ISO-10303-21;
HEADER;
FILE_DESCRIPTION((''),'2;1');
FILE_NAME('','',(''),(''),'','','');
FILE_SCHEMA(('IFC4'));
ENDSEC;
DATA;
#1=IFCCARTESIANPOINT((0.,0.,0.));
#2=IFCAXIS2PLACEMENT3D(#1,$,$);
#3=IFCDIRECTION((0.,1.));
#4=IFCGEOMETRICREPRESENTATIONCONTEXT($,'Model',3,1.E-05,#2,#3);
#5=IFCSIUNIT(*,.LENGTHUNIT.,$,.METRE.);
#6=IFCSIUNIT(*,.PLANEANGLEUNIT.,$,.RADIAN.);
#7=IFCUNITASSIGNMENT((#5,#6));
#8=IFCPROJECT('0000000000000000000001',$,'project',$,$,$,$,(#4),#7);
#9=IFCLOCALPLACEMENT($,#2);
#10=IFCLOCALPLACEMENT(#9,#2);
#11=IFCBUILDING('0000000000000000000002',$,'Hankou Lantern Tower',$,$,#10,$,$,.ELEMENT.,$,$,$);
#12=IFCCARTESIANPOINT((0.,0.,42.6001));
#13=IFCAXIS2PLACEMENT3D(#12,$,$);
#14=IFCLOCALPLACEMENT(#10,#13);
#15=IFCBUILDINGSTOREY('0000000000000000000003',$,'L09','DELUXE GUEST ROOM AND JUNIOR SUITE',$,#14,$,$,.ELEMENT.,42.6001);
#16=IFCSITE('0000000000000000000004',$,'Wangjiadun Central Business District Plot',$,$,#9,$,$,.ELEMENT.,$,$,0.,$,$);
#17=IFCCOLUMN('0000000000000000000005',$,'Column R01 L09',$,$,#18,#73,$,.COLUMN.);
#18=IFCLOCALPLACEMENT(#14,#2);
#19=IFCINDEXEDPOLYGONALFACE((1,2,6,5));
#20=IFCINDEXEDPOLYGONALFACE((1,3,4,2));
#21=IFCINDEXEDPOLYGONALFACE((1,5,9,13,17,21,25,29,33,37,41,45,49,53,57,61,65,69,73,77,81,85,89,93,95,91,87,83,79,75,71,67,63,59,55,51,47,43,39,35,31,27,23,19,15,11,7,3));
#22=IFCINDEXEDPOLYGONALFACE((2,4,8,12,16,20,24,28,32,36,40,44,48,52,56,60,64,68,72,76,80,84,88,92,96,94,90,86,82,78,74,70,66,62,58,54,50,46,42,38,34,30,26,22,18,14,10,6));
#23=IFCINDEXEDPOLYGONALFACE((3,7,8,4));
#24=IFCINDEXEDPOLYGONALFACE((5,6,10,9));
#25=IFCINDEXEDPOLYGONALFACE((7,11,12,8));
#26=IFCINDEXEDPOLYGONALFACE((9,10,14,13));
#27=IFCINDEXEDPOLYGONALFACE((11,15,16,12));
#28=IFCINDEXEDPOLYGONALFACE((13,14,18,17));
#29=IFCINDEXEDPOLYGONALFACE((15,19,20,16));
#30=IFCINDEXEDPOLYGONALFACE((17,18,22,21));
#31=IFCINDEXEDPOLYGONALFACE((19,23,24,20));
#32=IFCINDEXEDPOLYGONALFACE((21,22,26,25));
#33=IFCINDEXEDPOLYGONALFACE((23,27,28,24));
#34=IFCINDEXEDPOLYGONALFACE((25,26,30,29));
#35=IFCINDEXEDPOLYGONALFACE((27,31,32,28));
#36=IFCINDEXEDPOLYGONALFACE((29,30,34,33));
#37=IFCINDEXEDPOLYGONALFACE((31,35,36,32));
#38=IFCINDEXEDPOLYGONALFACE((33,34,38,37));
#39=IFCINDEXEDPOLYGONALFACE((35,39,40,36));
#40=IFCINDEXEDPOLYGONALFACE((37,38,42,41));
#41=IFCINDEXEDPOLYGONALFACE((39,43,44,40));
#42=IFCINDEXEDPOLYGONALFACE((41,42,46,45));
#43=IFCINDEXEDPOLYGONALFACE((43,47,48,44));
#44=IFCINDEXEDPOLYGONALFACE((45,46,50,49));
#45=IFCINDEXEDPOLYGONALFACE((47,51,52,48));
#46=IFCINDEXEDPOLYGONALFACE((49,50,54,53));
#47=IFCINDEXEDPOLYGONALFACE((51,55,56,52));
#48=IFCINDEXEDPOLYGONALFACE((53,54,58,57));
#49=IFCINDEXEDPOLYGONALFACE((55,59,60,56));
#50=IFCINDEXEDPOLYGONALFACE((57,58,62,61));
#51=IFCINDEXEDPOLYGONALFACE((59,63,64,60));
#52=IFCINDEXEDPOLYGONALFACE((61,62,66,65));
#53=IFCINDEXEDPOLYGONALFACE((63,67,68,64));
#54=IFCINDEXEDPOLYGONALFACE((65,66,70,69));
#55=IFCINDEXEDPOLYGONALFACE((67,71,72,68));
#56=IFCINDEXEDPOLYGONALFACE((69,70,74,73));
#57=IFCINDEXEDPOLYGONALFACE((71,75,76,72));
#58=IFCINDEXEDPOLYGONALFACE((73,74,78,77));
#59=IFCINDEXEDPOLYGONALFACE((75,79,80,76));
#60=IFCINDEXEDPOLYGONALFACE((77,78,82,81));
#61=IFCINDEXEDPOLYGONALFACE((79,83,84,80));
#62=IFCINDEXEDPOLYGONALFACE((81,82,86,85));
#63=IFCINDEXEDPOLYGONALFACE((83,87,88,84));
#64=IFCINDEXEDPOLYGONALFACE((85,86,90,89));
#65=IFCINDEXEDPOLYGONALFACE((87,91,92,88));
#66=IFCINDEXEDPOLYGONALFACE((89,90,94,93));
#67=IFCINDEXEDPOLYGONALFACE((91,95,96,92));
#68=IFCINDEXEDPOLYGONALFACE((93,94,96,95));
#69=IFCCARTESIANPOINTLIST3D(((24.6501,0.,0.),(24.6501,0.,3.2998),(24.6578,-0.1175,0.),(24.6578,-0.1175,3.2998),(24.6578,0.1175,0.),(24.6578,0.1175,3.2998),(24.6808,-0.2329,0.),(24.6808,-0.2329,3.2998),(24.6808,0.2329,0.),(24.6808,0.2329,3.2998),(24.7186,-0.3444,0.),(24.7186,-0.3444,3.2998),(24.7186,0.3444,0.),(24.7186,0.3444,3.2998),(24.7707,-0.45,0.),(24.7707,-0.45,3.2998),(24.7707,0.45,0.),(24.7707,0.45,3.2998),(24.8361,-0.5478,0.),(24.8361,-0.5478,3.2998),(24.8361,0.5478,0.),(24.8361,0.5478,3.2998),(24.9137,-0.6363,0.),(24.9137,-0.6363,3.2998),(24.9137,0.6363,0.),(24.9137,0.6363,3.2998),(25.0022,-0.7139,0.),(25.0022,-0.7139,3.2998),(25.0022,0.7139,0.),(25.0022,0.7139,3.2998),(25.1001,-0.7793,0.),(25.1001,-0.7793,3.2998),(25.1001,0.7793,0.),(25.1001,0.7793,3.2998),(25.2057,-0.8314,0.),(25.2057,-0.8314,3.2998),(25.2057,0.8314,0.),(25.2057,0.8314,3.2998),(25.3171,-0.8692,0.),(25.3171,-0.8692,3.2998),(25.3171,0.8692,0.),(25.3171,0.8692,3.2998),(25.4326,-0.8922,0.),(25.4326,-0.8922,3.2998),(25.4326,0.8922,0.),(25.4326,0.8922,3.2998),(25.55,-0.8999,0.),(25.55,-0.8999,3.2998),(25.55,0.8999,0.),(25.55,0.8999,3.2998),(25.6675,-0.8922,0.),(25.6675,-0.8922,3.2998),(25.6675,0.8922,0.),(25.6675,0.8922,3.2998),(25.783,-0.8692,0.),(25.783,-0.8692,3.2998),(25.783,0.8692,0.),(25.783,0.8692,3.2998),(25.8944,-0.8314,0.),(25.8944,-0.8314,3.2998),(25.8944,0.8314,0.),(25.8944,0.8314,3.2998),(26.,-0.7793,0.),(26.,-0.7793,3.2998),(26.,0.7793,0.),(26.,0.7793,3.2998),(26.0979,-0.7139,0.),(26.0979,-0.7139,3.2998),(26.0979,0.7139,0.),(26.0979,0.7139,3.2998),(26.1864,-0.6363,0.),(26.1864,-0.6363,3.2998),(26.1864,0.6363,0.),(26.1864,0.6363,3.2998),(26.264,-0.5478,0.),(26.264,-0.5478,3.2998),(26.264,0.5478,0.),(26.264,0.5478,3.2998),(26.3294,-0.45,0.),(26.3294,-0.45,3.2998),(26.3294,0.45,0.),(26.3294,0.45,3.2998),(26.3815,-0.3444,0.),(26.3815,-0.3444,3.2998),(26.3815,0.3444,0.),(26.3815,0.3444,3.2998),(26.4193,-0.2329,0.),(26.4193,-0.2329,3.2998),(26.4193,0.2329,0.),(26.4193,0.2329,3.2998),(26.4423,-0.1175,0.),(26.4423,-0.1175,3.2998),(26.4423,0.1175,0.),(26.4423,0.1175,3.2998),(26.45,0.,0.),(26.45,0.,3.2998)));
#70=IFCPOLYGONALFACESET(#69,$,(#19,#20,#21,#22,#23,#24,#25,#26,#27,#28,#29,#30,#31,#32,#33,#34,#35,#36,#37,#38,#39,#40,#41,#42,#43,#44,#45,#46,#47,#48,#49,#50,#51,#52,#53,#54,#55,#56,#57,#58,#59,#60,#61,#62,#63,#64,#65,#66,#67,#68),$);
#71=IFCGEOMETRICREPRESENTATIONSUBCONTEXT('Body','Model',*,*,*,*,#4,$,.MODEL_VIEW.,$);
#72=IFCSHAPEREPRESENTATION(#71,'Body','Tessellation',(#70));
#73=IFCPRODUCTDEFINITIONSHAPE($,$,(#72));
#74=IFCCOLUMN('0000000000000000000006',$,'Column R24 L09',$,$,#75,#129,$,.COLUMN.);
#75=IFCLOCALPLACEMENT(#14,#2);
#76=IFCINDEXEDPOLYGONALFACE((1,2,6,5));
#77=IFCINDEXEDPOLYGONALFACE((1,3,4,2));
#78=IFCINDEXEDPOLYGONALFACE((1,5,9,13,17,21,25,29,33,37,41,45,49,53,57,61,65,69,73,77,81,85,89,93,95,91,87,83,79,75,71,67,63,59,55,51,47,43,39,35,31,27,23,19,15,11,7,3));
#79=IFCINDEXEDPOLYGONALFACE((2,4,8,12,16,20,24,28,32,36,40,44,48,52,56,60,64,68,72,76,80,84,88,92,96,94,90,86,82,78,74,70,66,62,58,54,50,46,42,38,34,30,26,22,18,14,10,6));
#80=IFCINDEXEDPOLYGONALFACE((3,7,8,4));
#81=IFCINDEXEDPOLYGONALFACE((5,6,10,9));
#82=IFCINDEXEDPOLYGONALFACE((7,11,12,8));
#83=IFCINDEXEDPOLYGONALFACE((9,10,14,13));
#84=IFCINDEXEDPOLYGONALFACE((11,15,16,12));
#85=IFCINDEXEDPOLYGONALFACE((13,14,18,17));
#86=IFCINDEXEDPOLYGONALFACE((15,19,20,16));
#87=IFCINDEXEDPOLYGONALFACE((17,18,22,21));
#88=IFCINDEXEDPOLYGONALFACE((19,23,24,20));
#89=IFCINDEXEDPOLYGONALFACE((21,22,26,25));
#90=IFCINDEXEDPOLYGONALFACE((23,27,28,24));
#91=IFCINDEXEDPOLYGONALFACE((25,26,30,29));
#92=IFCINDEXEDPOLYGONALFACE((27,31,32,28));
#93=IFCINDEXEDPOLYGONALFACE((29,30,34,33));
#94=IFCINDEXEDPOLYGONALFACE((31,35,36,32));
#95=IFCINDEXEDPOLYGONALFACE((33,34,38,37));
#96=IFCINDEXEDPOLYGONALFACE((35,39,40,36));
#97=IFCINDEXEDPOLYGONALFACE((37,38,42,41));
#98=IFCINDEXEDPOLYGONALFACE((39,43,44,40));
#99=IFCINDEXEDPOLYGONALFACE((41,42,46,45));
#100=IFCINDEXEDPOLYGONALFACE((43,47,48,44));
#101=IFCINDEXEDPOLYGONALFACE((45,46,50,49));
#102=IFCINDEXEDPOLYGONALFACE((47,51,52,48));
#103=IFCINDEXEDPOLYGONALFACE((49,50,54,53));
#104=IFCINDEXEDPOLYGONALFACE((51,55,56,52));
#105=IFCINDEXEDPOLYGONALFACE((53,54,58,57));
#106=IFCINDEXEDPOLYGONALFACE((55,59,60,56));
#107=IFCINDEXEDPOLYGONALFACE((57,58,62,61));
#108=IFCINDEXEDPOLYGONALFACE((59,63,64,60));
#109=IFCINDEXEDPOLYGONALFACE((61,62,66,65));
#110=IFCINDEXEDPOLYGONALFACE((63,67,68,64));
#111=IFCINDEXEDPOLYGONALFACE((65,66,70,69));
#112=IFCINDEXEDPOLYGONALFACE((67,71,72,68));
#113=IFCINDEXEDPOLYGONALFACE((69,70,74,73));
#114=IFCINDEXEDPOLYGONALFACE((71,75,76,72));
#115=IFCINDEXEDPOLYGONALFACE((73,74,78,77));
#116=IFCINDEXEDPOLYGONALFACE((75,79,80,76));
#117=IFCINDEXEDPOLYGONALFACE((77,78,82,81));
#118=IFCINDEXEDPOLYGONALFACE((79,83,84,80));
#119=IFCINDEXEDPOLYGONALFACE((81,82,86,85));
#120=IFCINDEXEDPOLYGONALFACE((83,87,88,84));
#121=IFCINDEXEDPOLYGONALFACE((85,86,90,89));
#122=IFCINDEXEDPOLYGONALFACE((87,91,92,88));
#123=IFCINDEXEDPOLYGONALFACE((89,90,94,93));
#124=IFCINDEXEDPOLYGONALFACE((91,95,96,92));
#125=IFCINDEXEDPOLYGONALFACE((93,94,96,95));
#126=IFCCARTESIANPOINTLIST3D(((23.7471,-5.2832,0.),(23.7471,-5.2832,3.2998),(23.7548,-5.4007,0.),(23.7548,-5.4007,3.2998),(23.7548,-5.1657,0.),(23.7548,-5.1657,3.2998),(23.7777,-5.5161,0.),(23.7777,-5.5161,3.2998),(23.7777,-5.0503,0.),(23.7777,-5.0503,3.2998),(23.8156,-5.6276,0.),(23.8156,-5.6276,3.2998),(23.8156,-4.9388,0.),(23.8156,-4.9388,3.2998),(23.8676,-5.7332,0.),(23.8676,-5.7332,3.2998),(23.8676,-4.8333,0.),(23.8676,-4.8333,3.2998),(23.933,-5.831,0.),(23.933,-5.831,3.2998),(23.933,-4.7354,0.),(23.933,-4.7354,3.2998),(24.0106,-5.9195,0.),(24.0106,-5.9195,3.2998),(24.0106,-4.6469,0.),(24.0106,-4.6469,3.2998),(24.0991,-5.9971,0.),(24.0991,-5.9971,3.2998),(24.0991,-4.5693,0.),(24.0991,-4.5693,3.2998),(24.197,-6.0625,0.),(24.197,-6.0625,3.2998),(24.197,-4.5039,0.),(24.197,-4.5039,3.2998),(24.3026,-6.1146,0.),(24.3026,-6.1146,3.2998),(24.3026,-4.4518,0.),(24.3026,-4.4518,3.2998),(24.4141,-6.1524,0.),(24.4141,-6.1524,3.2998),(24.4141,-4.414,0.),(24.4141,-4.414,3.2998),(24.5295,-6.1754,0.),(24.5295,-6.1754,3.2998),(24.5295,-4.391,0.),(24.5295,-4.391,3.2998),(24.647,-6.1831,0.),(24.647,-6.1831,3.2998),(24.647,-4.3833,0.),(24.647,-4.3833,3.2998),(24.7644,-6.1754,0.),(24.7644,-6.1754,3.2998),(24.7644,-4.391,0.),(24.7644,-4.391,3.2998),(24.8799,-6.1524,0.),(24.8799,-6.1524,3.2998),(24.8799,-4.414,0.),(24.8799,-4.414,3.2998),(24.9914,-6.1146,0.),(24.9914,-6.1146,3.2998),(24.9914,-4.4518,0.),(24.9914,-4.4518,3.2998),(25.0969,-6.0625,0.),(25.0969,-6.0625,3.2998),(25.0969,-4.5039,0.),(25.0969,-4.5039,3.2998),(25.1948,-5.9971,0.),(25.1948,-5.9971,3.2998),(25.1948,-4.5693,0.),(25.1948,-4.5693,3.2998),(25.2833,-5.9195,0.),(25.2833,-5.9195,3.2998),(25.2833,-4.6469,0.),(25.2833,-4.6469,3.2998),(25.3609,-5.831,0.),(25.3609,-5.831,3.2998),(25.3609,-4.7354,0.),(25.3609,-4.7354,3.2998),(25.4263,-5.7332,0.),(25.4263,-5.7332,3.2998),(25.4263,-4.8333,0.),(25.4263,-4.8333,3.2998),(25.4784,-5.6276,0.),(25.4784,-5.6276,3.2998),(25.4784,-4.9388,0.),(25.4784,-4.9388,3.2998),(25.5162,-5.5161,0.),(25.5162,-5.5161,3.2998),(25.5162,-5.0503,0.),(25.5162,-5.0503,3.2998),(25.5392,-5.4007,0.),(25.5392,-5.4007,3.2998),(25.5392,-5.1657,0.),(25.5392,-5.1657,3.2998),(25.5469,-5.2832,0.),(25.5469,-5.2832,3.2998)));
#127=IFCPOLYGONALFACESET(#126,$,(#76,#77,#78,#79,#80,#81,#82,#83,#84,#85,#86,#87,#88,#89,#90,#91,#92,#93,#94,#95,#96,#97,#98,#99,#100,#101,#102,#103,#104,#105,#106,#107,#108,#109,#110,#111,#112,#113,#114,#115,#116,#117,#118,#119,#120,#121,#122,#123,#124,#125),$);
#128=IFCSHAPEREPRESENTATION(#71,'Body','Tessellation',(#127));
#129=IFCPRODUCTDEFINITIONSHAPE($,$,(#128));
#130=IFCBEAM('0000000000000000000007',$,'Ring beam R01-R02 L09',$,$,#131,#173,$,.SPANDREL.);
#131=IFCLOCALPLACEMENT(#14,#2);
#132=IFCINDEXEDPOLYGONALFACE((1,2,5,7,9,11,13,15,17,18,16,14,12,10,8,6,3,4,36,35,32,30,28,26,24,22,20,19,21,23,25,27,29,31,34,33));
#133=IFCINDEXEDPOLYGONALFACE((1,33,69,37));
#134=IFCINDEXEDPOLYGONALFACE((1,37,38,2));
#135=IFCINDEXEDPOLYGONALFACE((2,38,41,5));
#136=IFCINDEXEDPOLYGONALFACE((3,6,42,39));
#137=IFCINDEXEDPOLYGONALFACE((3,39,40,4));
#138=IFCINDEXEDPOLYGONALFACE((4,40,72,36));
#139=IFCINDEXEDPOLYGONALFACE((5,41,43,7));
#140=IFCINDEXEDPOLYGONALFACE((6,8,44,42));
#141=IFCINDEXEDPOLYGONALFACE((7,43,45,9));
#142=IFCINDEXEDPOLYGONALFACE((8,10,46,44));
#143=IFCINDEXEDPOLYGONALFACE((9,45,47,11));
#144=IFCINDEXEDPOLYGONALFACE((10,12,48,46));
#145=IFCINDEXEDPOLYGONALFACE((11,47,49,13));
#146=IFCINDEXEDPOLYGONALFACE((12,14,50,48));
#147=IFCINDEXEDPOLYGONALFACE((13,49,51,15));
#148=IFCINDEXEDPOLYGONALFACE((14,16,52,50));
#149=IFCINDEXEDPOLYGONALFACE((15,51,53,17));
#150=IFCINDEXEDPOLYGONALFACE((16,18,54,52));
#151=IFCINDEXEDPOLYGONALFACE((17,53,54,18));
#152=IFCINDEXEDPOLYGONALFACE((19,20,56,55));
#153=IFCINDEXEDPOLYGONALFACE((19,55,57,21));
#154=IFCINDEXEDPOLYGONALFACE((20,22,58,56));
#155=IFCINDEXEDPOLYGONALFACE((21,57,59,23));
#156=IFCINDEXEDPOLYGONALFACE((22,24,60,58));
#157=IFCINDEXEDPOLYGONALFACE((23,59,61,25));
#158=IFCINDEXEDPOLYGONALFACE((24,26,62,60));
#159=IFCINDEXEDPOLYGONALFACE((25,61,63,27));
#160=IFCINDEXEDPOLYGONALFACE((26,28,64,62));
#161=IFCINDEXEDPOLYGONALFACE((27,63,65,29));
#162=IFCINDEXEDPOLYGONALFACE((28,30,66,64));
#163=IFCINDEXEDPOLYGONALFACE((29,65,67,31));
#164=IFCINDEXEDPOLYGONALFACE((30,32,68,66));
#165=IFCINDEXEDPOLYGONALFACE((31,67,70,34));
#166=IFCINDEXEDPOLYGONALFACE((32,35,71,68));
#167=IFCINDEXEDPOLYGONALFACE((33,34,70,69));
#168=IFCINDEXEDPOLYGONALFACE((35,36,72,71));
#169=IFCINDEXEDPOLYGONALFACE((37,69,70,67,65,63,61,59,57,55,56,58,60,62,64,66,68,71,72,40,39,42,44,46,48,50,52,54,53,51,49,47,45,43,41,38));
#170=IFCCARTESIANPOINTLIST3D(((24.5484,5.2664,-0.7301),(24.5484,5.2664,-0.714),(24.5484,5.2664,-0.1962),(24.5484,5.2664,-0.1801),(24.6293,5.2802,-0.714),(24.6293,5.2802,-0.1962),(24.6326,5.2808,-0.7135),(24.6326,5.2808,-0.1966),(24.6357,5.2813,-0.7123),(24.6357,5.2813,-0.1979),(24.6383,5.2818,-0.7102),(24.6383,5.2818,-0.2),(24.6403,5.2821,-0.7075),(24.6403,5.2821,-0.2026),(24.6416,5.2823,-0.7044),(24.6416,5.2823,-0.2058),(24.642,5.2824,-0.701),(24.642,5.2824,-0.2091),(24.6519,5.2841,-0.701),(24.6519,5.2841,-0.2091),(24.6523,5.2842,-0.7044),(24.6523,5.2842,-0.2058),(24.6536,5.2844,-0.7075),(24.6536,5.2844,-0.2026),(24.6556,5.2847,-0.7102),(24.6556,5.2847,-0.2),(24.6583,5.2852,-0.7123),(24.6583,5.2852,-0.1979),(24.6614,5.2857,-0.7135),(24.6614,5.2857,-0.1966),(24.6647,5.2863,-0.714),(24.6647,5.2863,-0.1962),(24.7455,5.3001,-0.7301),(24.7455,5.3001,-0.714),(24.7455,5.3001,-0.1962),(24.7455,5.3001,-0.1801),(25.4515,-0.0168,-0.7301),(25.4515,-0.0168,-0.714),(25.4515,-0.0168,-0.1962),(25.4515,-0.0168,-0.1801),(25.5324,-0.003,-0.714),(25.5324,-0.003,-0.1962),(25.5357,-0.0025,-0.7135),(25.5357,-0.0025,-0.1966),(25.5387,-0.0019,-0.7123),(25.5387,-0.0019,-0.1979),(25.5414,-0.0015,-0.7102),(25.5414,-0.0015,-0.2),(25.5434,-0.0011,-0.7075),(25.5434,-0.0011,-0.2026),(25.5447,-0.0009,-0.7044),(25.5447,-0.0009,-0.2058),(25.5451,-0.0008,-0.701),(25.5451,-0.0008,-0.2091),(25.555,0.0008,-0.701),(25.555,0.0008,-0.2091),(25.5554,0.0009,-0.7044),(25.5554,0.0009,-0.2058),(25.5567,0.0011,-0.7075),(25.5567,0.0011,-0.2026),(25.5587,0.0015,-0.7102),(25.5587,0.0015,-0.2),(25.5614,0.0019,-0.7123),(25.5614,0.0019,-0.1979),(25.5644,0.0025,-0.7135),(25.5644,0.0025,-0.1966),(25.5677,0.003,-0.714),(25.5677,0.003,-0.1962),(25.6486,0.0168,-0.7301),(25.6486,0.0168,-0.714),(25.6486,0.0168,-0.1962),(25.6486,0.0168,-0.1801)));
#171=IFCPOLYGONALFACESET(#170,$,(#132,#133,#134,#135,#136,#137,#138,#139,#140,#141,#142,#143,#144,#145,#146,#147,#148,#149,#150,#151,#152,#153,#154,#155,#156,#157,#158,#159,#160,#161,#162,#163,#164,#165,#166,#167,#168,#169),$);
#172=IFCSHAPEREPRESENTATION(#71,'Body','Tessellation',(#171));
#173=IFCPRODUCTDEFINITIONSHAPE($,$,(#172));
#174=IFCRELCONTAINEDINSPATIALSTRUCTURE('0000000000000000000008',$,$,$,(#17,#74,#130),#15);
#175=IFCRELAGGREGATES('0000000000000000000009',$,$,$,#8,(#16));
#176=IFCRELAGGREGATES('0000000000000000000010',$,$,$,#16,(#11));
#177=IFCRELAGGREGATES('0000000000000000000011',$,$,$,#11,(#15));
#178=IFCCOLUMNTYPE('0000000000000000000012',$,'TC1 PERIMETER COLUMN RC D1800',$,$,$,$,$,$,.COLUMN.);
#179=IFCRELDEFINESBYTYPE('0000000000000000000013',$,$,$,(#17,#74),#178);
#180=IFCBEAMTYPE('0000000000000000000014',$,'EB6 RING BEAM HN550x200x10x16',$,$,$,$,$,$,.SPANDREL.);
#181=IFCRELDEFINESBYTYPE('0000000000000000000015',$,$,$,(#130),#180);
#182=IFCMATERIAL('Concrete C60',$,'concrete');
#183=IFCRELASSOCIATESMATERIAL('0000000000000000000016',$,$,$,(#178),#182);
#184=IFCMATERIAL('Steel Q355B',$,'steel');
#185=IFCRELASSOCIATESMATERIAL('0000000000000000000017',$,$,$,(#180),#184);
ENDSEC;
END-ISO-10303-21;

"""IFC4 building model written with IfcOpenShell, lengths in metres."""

from ifc_helpers import new_model, si_unit, direction, frame, origin, origin_2d, place, context, subcontext, project, spatial, circle, i_section, extrude, material, material_profile, profile_set, type_object, element, save


model = new_model("IFC4")

# Units and contexts
model_context = context("Model", 3, precision=1e-05, world=origin(), true_north=direction((0.0, 1.0)))
body_context = subcontext(model_context, "Body", "Model", "MODEL_VIEW")
ifc_project = project(units=[si_unit("LENGTHUNIT", "METRE"), si_unit("PLANEANGLEUNIT", "RADIAN")], contexts=[model_context])

# Site, building, storey
site_placement = place(None, origin())
site = spatial("IfcSite", under=ifc_project, at=site_placement, Name="Wangjiadun Central Business District Plot", CompositionType="ELEMENT", RefElevation=0.0)
building_placement = place(site_placement, origin())
building = spatial("IfcBuilding", under=site, at=building_placement, Name="Hankou Lantern Tower", CompositionType="ELEMENT")
storey_placement = place(building_placement, frame((0.0, 0.0, 42.6001)))
storey = spatial("IfcBuildingStorey", under=building, at=storey_placement, Name="L09", Description="DELUXE GUEST ROOM AND JUNIOR SUITE", CompositionType="ELEMENT", Elevation=42.6001)

# Columns
ifc_material_1 = material(Name="Concrete C60", Category="concrete")
ifc_material_profile_1 = material_profile(ifc_material_1, circle(Radius=0.8999, at=origin_2d()), Name="RC D1800")
ifc_profile_set_1 = profile_set([ifc_material_profile_1], Name="Concrete C60")
column_type = type_object("IfcColumnType", Name="TC1 PERIMETER COLUMN RC D1800", PredefinedType="COLUMN", material=ifc_profile_set_1)
for number, where, z_axis, x_axis, name in (
    (1, (25.55, 0.0, 0.0), (0.0, 0.0, 1.0), (1.0, 0.0, 0.0), "Column R01 L09"),
    (2, (24.647, -5.2832, 0.0), (0.0, 0.0, 1.0), (1.0, 0.0, 0.0), "Column R24 L09"),
):
    element("IfcColumn", number, at=place(storey_placement, frame(where, z_axis=z_axis, x_axis=x_axis)), inside=storey, type_object=column_type, Name=name, PredefinedType="COLUMN", context=body_context, shape_type="SweptSolid", body=[
        extrude(circle(Radius=0.8999, at=origin_2d()), origin(), (0.0, 0.0, 1.0), 3.2998),
    ])

# Beam
ifc_material_2 = material(Name="Steel Q355B", Category="steel")
ifc_material_profile_2 = material_profile(ifc_material_2, i_section(OverallWidth=0.2, OverallDepth=0.55, WebThickness=0.01, FlangeThickness=0.0161, FilletRadius=0.0129, at=origin_2d()), Name="HN550x200x10x16")
ifc_profile_set_2 = profile_set([ifc_material_profile_2], Name="Steel Q355B")
beam_type_1 = type_object("IfcBeamType", Name="EB6 RING BEAM HN550x200x10x16", PredefinedType="SPANDREL", material=ifc_profile_set_2)
for number, where, z_axis, x_axis, name in (
    (3, (25.55, 0.0, -0.4551), (-0.16849, 0.985703, 0.0), (-0.985703, -0.16849, 0.0), "Ring beam R01-R02 L09"),
):
    element("IfcBeam", number, at=place(storey_placement, frame(where, z_axis=z_axis, x_axis=x_axis)), inside=storey, type_object=beam_type_1, Name=name, PredefinedType="SPANDREL", context=body_context, shape_type="SweptSolid", body=[
        extrude(i_section(OverallWidth=0.2, OverallDepth=0.55, WebThickness=0.01, FlangeThickness=0.0161, FilletRadius=0.0129, at=origin_2d()), origin(), (0.0, 0.0, 1.0), 5.3599),
    ])

save(model, "model.ifc")
